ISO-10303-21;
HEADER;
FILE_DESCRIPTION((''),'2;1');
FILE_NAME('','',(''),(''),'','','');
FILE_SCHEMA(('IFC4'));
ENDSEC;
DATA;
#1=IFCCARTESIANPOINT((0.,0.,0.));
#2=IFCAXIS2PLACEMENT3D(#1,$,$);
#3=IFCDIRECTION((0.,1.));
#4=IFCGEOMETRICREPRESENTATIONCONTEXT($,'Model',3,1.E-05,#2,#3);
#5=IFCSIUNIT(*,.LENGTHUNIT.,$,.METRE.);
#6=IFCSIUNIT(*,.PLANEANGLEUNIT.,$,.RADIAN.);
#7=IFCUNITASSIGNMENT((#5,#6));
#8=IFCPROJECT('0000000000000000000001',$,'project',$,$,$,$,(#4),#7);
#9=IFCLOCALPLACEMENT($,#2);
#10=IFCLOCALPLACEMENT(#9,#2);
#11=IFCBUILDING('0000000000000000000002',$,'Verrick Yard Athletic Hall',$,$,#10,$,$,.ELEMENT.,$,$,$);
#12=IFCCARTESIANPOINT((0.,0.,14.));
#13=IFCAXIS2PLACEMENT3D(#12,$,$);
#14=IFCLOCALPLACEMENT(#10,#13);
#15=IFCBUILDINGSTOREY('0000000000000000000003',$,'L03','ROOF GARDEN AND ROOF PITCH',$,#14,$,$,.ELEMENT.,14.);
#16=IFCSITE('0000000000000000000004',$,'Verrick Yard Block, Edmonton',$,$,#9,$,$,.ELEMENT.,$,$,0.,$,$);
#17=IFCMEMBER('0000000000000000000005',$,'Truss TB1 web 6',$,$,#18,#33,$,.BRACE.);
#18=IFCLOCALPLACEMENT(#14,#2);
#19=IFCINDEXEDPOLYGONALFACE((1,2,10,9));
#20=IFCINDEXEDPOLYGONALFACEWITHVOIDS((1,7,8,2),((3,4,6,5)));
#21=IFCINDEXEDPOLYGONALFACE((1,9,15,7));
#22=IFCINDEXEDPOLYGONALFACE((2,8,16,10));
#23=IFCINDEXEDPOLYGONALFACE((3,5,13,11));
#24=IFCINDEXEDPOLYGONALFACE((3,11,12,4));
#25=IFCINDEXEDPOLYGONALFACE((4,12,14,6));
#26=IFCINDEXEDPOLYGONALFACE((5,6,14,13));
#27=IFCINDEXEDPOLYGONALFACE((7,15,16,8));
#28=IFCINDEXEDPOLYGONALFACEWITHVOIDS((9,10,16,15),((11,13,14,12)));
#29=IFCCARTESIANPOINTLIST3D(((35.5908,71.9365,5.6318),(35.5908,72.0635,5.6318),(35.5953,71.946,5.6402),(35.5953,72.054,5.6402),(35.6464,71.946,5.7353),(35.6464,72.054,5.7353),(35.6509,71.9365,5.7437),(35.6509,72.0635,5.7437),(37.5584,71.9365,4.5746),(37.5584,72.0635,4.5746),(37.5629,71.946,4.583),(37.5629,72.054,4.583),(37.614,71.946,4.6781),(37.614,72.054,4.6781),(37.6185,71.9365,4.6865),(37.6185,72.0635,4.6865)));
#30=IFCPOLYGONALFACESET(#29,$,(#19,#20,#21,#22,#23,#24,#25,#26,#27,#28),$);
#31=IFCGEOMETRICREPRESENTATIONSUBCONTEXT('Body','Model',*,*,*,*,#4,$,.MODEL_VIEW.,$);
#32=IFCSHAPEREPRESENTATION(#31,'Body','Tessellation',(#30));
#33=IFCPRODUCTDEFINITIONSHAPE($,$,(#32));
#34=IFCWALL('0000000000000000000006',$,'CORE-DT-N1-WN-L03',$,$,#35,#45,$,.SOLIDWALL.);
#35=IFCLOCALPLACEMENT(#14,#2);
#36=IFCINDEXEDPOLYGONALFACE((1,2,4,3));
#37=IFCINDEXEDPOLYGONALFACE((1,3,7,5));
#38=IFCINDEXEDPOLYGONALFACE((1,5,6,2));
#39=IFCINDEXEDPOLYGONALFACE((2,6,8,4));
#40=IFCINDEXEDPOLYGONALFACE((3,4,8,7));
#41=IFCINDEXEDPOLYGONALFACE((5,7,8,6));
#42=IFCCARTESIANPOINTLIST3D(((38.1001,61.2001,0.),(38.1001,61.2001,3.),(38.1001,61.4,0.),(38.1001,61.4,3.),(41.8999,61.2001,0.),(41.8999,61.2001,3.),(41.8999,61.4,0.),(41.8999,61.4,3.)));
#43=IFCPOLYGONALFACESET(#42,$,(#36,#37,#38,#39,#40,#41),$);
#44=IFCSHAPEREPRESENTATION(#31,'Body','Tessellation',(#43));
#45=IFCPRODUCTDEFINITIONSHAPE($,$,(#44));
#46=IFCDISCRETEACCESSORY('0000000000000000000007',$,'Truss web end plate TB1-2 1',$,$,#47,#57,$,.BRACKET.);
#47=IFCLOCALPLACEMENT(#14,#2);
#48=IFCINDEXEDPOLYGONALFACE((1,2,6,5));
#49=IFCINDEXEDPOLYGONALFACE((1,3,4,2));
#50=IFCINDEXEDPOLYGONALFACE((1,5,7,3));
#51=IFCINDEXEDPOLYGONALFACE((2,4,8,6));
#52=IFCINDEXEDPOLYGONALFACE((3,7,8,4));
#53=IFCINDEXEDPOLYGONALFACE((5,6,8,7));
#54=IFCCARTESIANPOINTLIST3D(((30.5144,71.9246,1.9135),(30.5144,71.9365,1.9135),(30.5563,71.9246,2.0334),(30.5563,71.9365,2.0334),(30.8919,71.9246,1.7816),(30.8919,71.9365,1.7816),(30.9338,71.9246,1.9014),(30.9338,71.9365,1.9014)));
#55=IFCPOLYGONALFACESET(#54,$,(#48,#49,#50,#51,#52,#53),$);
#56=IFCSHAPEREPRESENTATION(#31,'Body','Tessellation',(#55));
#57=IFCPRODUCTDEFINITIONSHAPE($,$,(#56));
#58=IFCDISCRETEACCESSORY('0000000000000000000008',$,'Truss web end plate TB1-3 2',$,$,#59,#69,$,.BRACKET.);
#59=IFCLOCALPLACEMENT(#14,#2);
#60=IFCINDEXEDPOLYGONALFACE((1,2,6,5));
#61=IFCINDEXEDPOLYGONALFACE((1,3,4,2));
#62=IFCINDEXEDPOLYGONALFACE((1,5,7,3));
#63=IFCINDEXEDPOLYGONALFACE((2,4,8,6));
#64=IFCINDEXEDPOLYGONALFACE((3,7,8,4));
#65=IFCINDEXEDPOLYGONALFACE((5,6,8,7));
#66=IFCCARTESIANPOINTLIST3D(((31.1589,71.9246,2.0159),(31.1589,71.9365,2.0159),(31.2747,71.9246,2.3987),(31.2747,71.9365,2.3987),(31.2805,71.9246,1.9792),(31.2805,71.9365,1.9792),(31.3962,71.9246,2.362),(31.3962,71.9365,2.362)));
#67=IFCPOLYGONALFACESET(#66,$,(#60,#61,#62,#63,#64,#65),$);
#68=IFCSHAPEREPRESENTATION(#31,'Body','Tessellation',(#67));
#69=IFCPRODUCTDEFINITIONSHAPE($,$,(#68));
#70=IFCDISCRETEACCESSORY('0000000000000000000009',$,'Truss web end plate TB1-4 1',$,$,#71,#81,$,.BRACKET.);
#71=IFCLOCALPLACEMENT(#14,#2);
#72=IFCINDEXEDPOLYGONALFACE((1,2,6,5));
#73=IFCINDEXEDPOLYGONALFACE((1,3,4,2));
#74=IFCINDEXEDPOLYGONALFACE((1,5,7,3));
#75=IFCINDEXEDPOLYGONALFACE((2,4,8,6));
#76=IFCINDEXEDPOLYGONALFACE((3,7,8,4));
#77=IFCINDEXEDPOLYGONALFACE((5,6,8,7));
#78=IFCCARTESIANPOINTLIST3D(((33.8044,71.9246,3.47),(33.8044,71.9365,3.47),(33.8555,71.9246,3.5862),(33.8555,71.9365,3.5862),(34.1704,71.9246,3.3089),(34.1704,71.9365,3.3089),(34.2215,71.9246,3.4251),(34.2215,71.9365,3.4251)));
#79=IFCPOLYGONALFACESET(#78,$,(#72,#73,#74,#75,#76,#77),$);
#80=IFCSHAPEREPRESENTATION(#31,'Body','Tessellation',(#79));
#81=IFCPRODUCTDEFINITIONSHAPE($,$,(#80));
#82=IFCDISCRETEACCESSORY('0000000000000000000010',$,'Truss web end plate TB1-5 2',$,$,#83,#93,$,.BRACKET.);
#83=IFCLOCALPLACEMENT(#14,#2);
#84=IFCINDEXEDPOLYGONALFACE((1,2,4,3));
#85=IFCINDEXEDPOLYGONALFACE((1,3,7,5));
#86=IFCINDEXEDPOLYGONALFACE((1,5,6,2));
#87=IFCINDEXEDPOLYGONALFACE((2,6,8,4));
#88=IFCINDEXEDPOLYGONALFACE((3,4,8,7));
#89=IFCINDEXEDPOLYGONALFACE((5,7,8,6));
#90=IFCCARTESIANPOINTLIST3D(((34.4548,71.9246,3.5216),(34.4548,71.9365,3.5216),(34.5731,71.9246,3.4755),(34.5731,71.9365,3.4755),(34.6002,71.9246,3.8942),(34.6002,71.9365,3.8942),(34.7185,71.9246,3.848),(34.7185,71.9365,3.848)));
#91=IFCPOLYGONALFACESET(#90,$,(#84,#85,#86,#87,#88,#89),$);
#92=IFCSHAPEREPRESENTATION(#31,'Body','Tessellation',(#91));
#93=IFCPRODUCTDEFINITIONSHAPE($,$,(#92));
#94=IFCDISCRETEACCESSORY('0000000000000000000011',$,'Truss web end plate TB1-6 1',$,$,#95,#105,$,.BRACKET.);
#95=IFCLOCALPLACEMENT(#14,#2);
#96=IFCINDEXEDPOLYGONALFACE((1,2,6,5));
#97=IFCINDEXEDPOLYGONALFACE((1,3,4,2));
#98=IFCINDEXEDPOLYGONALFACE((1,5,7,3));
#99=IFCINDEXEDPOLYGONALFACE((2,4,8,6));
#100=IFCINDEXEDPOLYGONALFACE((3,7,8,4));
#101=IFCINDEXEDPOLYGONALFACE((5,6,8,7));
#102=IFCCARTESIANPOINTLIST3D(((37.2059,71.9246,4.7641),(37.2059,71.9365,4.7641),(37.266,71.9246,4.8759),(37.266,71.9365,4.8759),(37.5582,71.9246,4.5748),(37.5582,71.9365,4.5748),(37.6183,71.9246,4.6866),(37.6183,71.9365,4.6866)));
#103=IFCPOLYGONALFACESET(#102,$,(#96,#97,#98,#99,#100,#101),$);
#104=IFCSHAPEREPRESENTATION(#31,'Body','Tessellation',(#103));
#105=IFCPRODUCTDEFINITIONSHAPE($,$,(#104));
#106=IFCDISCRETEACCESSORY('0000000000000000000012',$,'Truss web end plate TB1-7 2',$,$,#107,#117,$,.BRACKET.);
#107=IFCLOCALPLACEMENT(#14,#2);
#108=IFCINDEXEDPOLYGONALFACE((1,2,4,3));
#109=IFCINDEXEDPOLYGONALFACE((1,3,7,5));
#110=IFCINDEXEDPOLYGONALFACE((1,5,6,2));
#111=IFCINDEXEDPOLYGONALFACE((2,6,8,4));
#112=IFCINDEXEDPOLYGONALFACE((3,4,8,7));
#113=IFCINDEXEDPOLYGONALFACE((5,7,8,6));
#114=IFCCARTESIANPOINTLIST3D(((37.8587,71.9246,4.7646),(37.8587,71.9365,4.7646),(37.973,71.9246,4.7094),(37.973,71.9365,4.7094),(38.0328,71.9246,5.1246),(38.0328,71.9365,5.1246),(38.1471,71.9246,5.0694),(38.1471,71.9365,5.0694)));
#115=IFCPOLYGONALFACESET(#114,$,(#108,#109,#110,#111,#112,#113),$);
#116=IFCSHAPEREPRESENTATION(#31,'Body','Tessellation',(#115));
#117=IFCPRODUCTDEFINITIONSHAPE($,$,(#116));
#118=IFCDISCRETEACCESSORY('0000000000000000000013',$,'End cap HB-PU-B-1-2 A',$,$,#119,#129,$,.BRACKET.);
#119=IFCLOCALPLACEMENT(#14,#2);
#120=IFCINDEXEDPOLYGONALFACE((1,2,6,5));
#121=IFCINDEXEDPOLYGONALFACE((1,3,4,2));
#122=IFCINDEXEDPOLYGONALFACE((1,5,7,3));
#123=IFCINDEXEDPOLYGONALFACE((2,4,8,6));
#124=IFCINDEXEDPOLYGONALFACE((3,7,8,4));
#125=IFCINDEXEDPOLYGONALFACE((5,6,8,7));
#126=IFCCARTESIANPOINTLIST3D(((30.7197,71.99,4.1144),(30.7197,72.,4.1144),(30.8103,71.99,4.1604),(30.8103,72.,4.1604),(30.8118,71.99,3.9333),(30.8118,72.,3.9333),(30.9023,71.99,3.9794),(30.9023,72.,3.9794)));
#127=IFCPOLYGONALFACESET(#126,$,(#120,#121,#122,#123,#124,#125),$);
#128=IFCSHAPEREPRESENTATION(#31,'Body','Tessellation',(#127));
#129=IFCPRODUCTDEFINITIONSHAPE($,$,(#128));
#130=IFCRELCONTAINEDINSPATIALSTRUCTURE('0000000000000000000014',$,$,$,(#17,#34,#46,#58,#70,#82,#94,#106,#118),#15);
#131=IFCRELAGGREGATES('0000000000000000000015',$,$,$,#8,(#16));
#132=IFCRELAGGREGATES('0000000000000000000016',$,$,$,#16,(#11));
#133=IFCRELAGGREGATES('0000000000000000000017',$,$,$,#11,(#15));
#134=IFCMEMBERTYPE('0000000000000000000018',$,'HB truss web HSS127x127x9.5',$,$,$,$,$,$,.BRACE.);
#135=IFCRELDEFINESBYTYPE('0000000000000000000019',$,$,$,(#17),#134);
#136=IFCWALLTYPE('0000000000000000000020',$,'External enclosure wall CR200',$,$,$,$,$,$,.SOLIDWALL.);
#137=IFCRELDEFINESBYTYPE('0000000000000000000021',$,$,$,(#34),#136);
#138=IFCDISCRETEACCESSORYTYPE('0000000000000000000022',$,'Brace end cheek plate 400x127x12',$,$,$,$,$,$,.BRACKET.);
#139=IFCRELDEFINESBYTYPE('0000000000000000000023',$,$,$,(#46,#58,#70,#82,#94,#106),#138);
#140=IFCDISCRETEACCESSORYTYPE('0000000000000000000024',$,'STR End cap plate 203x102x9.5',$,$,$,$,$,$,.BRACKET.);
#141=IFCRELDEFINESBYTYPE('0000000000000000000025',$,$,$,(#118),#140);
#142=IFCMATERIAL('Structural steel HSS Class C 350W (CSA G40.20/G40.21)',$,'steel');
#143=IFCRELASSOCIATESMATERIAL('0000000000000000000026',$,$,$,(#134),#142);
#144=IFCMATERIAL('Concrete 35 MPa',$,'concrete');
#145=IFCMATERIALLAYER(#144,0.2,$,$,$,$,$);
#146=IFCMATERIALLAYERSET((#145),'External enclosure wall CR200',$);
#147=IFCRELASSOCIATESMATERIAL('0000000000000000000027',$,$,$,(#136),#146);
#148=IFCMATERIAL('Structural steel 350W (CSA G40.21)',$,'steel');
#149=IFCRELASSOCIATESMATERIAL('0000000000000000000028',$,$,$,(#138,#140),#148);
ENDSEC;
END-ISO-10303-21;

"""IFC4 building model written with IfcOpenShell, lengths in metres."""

from ifc_helpers import new_model, si_unit, direction, frame, frame_2d, origin, origin_2d, place, context, subcontext, project, spatial, rectangle, hollow_rectangle, extrude, material, layer, layer_set, material_profile, profile_set, type_object, element, save


model = new_model("IFC4")

# Units and contexts
model_context = context("Model", 3, precision=1e-05, world=origin(), true_north=direction((0.0, 1.0)))
body_context = subcontext(model_context, "Body", "Model", "MODEL_VIEW")
ifc_project = project(units=[si_unit("LENGTHUNIT", "METRE"), si_unit("PLANEANGLEUNIT", "RADIAN")], contexts=[model_context])

# Site, building, storey
site_placement = place(None, origin())
site = spatial("IfcSite", under=ifc_project, at=site_placement, Name="Verrick Yard Block, Edmonton", CompositionType="ELEMENT", RefElevation=0.0)
building_placement = place(site_placement, origin())
building = spatial("IfcBuilding", under=site, at=building_placement, Name="Verrick Yard Athletic Hall", CompositionType="ELEMENT")
storey_placement = place(building_placement, frame((0.0, 0.0, 14.0)))
storey = spatial("IfcBuildingStorey", under=building, at=storey_placement, Name="L03", Description="ROOF GARDEN AND ROOF PITCH", CompositionType="ELEMENT", Elevation=14.0)

# Member
ifc_material_1 = material(Name="Structural steel HSS Class C 350W (CSA G40.20/G40.21)", Category="steel")
ifc_material_profile_1 = material_profile(ifc_material_1, hollow_rectangle(XDim=0.127, YDim=0.127, WallThickness=0.0095, at=origin_2d()), Name="HSS127x127x9.5")
ifc_profile_set_1 = profile_set([ifc_material_profile_1], Name="Structural steel HSS Class C 350W (CSA G40.20/G40.21)")
member_type_1 = type_object("IfcMemberType", Name="HB truss web HSS127x127x9.5", PredefinedType="BRACE", material=ifc_profile_set_1)
for number, where, z_axis, x_axis, name in (
    (1, (35.6208, 72.0, 5.6877), (0.880902, 0.0, -0.473298), (0.0, 1.0, 0.0), "Truss TB1 web 6"),
):
    element("IfcMember", number, at=place(storey_placement, frame(where, z_axis=z_axis, x_axis=x_axis)), inside=storey, type_object=member_type_1, Name=name, PredefinedType="BRACE", context=body_context, shape_type="SweptSolid", body=[
        extrude(hollow_rectangle(XDim=0.127, YDim=0.127, WallThickness=0.0095, at=origin_2d()), origin(), (0.0, 0.0, 1.0), 2.2336),
    ])

# Wall
ifc_material_2 = material(Name="Concrete 35 MPa", Category="concrete")
ifc_layer = layer(ifc_material_2, 0.2)
ifc_layer_set = layer_set([ifc_layer], Name="External enclosure wall CR200")
wall_type = type_object("IfcWallType", Name="External enclosure wall CR200", PredefinedType="SOLIDWALL", material=ifc_layer_set)
wall_placement = place(storey_placement, frame((38.1001, 61.3, 0.0), z_axis=(0.0, 0.0, 1.0), x_axis=(1.0, 0.0, 0.0)))
element("IfcWall", 2, at=wall_placement, inside=storey, type_object=wall_type, Name="CORE-DT-N1-WN-L03", PredefinedType="SOLIDWALL", context=body_context, shape_type="SweptSolid", body=[
    extrude(rectangle(XDim=3.7998, YDim=0.2, at=frame_2d((1.8999, 0.0))), origin(), (0.0, 0.0, 1.0), 3.0),
])

# Discrete accessories
ifc_material_3 = material(Name="Structural steel 350W (CSA G40.21)", Category="steel")
ifc_material_profile_2 = material_profile(ifc_material_3, rectangle(XDim=0.3999, YDim=0.127, at=origin_2d()), Name="Brace end cheek plate")
ifc_profile_set_2 = profile_set([ifc_material_profile_2], Name="Structural steel 350W (CSA G40.21)")
discrete_accessory_type_1 = type_object("IfcDiscreteAccessoryType", Name="Brace end cheek plate 400x127x12", PredefinedType="BRACKET", material=ifc_profile_set_2)
for number, where, z_axis, x_axis, name in (
    (3, (30.7241, 71.9365, 1.9075), (0.0, -1.0, 0.0), (-0.944026, 0.0, 0.329872), "Truss web end plate TB1-2 1"),
    (4, (31.2776, 71.9365, 2.189), (0.0, -1.0, 0.0), (0.289473, 0.0, 0.957186), "Truss web end plate TB1-3 2"),
    (5, (34.0129, 71.9365, 3.4475), (0.0, -1.0, 0.0), (-0.915285, 0.0, 0.402806), "Truss web end plate TB1-4 1"),
    (6, (34.5867, 71.9365, 3.6848), (0.0, -1.0, 0.0), (0.363563, 0.0, 0.93157), "Truss web end plate TB1-5 2"),
    (7, (37.4121, 71.9365, 4.7253), (0.0, -1.0, 0.0), (-0.88092, 0.0, 0.473265), "Truss web end plate TB1-6 1"),
    (8, (38.0029, 71.9365, 4.917), (0.0, -1.0, 0.0), (0.435417, 0.0, 0.900229), "Truss web end plate TB1-7 2"),
):
    element("IfcDiscreteAccessory", number, at=place(storey_placement, frame(where, z_axis=z_axis, x_axis=x_axis)), inside=storey, type_object=discrete_accessory_type_1, Name=name, PredefinedType="BRACKET", context=body_context, shape_type="SweptSolid", body=[
        extrude(rectangle(XDim=0.3999, YDim=0.127, at=origin_2d()), origin(), (0.0, 0.0, 1.0), 0.012),
    ])
ifc_material_profile_3 = material_profile(ifc_material_3, rectangle(XDim=0.1016, YDim=0.2031, at=origin_2d()), Name="STR End cap plate 203x102x9.5")
ifc_profile_set_3 = profile_set([ifc_material_profile_3], Name="Structural steel 350W (CSA G40.21)")
discrete_accessory_type_2 = type_object("IfcDiscreteAccessoryType", Name="STR End cap plate 203x102x9.5", PredefinedType="BRACKET", material=ifc_profile_set_3)
discrete_accessory_placement = place(storey_placement, frame((30.811, 71.99, 4.0469), z_axis=(0.0, 1.0, 0.0), x_axis=(-0.891353, 0.0, -0.45331)))
element("IfcDiscreteAccessory", 9, at=discrete_accessory_placement, inside=storey, type_object=discrete_accessory_type_2, Name="End cap HB-PU-B-1-2 A", PredefinedType="BRACKET", context=body_context, shape_type="SweptSolid", body=[
    extrude(rectangle(XDim=0.1016, YDim=0.2031, at=origin_2d()), origin(), (0.0, 0.0, 1.0), 0.01),
])

save(model, "model.ifc")
